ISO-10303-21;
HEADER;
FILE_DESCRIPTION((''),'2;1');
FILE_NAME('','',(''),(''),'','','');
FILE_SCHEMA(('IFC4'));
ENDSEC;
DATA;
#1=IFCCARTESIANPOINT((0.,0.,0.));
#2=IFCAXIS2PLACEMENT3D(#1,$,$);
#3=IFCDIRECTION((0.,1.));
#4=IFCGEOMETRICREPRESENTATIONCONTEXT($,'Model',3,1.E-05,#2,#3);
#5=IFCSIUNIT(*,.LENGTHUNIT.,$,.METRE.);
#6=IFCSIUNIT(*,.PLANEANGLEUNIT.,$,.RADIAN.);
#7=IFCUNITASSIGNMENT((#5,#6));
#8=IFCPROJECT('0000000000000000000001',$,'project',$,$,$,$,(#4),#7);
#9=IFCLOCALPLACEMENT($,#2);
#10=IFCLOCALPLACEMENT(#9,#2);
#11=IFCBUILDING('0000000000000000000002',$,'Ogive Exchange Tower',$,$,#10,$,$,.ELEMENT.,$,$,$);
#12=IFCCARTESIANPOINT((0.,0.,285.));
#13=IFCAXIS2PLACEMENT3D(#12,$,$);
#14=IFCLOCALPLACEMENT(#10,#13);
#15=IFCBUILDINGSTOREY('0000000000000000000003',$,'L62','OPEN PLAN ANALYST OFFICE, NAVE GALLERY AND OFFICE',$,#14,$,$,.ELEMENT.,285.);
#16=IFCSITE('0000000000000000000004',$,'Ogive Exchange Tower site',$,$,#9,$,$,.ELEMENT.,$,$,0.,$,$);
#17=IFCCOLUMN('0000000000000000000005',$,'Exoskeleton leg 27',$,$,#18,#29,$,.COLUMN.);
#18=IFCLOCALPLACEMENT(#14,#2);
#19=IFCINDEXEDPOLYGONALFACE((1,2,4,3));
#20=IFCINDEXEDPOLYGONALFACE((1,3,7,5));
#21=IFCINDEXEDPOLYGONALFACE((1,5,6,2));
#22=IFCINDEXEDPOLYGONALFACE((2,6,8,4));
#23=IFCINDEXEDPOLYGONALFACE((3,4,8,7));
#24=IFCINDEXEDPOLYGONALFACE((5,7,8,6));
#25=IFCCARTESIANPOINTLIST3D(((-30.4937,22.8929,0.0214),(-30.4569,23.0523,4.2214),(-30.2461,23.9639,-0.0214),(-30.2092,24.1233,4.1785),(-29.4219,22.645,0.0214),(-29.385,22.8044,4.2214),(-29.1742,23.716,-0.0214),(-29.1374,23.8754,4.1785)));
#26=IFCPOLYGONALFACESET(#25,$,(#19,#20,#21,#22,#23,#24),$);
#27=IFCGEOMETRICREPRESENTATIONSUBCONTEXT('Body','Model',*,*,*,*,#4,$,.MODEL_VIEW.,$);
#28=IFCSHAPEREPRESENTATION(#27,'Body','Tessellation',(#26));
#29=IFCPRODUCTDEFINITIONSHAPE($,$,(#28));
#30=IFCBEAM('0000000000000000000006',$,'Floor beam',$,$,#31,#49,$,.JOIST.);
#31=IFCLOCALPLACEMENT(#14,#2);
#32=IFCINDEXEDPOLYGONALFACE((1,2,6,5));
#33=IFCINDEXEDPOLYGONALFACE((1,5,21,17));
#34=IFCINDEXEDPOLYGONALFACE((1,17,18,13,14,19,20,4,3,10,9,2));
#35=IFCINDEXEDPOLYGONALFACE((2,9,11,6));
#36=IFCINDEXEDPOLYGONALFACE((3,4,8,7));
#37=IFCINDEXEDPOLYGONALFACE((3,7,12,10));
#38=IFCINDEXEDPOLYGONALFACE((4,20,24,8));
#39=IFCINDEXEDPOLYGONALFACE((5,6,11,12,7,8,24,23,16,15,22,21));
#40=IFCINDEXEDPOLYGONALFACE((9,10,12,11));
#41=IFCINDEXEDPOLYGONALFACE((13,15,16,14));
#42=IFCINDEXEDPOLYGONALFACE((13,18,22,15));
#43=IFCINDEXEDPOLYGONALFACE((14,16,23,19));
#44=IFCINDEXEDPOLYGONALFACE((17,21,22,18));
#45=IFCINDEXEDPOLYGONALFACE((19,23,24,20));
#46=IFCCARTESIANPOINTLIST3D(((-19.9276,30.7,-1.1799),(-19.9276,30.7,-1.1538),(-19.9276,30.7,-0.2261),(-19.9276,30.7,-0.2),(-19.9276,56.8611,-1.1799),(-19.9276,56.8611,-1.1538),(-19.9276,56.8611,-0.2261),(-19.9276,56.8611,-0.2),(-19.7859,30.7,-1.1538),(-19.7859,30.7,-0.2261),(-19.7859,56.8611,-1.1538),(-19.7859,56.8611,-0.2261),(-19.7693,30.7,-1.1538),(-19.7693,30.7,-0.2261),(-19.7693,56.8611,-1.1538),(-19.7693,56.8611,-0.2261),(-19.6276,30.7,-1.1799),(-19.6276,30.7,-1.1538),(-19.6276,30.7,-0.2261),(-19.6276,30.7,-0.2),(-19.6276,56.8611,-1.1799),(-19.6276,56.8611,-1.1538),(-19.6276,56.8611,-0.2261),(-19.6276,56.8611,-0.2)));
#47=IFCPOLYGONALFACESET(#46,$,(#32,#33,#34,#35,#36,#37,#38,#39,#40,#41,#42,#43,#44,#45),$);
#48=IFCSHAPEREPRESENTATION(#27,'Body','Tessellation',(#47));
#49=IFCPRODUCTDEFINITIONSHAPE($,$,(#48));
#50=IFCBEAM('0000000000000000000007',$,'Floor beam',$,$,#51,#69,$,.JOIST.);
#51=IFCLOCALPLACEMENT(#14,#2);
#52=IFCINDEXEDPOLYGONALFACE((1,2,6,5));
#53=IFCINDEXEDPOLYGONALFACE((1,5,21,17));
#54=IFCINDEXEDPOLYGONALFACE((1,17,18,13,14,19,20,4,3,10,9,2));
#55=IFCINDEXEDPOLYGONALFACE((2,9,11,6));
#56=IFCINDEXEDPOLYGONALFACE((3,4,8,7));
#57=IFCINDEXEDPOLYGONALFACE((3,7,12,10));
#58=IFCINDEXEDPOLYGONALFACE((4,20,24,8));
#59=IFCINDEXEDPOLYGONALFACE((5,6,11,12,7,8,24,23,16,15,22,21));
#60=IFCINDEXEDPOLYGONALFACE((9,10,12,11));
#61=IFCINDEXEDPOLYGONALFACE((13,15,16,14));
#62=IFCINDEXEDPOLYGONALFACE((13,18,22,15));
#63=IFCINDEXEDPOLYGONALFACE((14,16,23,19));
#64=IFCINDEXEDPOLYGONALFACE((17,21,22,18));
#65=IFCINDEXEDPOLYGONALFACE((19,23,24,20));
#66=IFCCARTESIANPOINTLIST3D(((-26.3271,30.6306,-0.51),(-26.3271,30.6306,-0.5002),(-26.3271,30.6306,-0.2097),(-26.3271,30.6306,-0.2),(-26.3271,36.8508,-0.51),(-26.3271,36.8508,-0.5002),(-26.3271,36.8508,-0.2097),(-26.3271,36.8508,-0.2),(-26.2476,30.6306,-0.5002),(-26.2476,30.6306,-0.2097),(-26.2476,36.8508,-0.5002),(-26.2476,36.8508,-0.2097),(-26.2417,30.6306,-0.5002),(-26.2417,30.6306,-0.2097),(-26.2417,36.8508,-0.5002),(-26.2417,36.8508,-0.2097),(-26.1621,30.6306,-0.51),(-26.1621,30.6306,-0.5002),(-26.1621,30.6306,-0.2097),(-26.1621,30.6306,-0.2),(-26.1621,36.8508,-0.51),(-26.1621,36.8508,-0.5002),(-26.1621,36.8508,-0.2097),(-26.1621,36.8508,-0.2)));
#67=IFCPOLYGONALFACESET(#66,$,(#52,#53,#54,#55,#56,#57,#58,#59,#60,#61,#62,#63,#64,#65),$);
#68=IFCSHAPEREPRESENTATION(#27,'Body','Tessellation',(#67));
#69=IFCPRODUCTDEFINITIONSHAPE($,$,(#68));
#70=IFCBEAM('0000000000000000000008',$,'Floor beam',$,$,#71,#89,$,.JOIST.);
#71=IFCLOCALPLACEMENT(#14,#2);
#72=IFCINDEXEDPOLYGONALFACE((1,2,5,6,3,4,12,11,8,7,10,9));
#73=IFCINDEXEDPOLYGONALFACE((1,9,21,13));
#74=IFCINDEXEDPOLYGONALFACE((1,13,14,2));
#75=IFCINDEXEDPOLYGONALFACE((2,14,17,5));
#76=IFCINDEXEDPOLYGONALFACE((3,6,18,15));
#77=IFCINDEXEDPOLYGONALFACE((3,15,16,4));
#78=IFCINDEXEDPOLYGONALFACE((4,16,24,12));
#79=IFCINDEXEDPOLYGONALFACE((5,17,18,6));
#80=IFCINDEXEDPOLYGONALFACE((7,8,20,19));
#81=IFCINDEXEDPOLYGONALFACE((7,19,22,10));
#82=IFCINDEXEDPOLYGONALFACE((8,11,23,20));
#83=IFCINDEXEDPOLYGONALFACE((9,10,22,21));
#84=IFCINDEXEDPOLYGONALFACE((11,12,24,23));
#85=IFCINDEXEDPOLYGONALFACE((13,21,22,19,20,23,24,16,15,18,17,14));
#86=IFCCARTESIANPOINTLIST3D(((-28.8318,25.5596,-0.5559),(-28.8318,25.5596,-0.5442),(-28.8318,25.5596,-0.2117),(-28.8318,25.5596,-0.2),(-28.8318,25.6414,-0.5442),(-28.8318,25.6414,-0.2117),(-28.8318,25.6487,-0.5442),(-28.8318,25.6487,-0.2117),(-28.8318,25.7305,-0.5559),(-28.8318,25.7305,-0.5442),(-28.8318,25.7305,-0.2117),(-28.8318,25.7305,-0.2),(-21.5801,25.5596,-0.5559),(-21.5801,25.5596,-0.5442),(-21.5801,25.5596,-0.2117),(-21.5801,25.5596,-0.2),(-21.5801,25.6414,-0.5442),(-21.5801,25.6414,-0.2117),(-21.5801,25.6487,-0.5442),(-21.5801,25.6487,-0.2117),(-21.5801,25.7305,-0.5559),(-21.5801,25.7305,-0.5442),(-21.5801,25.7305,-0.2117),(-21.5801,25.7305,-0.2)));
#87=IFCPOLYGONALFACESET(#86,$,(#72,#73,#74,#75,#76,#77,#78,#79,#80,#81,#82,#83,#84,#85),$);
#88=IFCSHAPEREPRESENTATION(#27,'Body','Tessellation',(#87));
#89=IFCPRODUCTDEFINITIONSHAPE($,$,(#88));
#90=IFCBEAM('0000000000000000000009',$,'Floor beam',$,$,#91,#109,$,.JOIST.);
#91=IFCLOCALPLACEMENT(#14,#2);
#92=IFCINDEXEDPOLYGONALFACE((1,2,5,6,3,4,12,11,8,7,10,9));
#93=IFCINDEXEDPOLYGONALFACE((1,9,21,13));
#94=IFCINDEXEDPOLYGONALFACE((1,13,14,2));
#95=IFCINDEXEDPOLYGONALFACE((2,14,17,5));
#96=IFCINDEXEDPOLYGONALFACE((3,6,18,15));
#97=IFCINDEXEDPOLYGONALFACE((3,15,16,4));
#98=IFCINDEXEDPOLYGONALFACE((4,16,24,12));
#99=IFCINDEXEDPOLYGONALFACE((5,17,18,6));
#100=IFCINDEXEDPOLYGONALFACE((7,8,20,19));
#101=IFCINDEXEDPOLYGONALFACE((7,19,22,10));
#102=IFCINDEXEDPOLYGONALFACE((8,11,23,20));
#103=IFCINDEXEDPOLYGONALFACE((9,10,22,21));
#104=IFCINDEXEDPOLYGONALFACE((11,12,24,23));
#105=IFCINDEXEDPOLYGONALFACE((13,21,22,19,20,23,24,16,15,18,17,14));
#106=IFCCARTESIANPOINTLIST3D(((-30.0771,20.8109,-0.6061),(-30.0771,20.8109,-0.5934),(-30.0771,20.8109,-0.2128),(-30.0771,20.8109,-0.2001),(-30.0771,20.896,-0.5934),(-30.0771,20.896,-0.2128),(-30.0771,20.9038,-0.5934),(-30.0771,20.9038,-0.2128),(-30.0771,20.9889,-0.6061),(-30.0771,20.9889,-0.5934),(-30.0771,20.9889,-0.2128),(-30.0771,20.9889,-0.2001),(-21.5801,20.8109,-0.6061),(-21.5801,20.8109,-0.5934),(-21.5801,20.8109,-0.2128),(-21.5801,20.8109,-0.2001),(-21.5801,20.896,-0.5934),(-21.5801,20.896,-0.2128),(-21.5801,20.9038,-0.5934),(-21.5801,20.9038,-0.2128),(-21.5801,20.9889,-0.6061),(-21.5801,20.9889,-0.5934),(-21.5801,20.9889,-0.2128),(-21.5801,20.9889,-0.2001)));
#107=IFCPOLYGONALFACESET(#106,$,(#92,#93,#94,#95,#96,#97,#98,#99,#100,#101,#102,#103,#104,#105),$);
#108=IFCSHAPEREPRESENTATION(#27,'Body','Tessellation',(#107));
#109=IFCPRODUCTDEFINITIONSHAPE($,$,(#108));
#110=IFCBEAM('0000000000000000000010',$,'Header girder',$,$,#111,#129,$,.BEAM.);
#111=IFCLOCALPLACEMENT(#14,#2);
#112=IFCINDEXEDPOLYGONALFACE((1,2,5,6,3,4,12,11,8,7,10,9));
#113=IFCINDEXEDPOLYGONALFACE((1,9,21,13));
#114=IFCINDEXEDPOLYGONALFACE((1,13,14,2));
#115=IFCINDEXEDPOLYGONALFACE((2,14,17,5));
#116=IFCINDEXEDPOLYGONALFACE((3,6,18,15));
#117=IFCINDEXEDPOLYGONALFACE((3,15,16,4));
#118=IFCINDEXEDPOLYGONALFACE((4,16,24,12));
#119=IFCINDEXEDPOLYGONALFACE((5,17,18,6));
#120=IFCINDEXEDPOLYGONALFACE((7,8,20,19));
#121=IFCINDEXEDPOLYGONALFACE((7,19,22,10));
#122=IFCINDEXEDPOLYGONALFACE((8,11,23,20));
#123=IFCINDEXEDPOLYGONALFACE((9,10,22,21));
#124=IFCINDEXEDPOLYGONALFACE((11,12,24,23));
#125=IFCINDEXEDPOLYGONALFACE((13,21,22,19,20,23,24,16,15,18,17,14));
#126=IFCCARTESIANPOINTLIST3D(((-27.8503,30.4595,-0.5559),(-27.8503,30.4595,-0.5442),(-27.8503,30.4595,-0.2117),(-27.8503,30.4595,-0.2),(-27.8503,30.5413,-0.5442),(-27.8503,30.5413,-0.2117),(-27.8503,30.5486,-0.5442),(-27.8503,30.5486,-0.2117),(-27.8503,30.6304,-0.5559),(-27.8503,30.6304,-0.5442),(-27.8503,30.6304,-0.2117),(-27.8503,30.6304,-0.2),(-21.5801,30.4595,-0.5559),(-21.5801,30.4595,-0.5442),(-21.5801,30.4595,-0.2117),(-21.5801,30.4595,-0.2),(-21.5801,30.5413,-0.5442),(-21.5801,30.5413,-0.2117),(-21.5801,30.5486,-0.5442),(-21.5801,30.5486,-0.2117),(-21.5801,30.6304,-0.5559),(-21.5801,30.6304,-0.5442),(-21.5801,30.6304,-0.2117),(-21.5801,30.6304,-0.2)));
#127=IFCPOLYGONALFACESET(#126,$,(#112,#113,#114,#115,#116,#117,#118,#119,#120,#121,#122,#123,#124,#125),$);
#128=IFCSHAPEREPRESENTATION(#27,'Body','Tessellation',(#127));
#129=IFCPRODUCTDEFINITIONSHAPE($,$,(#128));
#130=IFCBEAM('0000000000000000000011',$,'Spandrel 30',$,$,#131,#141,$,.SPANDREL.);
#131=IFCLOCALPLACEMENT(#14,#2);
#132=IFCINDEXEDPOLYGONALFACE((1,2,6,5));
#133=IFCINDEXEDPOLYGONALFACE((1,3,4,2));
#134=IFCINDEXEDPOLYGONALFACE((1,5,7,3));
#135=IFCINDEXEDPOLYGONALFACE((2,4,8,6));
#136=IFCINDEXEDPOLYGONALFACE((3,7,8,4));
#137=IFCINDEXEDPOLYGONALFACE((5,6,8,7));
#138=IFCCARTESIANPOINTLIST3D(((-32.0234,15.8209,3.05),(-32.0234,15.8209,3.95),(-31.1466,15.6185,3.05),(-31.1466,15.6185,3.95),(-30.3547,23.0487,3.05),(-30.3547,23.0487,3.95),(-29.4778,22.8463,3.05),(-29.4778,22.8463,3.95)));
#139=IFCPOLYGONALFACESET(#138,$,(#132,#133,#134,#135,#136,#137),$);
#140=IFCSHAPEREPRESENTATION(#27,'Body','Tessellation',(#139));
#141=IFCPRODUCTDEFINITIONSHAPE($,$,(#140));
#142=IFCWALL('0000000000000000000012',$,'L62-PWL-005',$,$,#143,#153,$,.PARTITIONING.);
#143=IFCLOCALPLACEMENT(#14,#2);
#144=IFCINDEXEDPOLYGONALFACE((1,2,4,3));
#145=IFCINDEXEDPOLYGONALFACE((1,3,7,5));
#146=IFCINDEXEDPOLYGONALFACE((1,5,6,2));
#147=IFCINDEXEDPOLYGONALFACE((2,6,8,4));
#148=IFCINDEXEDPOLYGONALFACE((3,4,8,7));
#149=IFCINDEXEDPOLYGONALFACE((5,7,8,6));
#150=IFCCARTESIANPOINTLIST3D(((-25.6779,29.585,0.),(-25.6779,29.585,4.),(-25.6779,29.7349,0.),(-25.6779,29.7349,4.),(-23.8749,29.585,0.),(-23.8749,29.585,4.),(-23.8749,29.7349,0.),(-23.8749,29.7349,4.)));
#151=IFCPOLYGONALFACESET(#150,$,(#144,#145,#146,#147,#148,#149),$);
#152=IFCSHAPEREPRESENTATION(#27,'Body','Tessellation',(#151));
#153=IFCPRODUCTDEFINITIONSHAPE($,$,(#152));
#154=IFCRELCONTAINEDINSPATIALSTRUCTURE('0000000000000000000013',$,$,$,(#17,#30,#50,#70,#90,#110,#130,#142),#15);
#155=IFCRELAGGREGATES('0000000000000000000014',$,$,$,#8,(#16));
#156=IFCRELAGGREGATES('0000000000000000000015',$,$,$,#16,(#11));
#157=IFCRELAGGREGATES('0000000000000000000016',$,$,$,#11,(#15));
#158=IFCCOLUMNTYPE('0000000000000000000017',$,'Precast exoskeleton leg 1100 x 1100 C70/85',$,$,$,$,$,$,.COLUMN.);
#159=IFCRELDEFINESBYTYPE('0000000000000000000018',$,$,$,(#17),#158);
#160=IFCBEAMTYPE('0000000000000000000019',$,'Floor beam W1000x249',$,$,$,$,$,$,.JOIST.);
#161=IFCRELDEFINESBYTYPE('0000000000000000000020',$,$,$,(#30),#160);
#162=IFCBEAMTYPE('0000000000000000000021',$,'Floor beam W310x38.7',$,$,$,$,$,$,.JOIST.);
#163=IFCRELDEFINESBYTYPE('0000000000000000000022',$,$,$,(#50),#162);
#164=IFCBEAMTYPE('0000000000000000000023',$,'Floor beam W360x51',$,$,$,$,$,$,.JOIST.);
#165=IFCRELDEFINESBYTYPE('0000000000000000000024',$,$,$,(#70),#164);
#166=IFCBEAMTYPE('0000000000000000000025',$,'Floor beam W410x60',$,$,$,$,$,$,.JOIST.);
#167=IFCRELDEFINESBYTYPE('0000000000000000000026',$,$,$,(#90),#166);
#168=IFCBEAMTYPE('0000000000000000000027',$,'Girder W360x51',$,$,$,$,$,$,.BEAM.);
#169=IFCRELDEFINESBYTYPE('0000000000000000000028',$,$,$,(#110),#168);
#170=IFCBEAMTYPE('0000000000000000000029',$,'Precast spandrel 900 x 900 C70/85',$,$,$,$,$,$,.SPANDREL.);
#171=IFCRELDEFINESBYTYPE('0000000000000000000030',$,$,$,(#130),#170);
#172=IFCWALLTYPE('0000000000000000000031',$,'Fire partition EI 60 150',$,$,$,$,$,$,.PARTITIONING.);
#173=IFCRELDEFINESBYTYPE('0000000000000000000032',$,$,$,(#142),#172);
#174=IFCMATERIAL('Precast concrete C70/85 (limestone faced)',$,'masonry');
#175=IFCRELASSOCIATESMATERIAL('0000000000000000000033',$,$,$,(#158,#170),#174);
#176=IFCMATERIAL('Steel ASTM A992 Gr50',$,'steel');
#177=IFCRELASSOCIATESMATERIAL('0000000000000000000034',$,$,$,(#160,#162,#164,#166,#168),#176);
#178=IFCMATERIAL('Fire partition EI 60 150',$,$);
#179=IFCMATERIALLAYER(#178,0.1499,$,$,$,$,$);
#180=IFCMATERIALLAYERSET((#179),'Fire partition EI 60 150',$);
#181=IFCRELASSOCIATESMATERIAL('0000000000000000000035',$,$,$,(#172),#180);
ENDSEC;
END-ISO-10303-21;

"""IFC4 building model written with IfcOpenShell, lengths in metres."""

from ifc_helpers import new_model, si_unit, direction, frame, frame_2d, origin, origin_2d, place, context, subcontext, project, spatial, rectangle, i_section, extrude, material, layer, layer_set, material_profile, profile_set, type_object, element, save


model = new_model("IFC4")

# Units and contexts
model_context = context("Model", 3, precision=1e-05, world=origin(), true_north=direction((0.0, 1.0)))
body_context = subcontext(model_context, "Body", "Model", "MODEL_VIEW")
ifc_project = project(units=[si_unit("LENGTHUNIT", "METRE"), si_unit("PLANEANGLEUNIT", "RADIAN")], contexts=[model_context])

# Site, building, storey
site_placement = place(None, origin())
site = spatial("IfcSite", under=ifc_project, at=site_placement, Name="Ogive Exchange Tower site", CompositionType="ELEMENT", RefElevation=0.0)
building_placement = place(site_placement, origin())
building = spatial("IfcBuilding", under=site, at=building_placement, Name="Ogive Exchange Tower", CompositionType="ELEMENT")
storey_placement = place(building_placement, frame((0.0, 0.0, 285.0)))
storey = spatial("IfcBuildingStorey", under=building, at=storey_placement, Name="L62", Description="OPEN PLAN ANALYST OFFICE, NAVE GALLERY AND OFFICE", CompositionType="ELEMENT", Elevation=285.0)

# Column
ifc_material_1 = material(Name="Precast concrete C70/85 (limestone faced)", Category="masonry")
ifc_material_profile_1 = material_profile(ifc_material_1, rectangle(XDim=1.1001, YDim=1.1001, at=origin_2d()), Name="1100 x 1100")
ifc_profile_set_1 = profile_set([ifc_material_profile_1], Name="Precast concrete C70/85 (limestone faced)")
column_type = type_object("IfcColumnType", Name="Precast exoskeleton leg 1100 x 1100 C70/85", PredefinedType="COLUMN", material=ifc_profile_set_1)
column_placement = place(storey_placement, frame((-29.834, 23.3044, 0.0), z_axis=(0.008771, 0.03793, 0.999242), x_axis=(-0.974291, 0.225295, 0.0)))
element("IfcColumn", 1, at=column_placement, inside=storey, type_object=column_type, Name="Exoskeleton leg 27", PredefinedType="COLUMN", context=body_context, shape_type="SweptSolid", body=[
    extrude(rectangle(XDim=1.1001, YDim=1.1001, at=origin_2d()), origin(), (0.0, 0.0, 1.0), 4.2031),
])

# Beams
ifc_material_2 = material(Name="Steel ASTM A992 Gr50", Category="steel")
ifc_material_profile_2 = material_profile(ifc_material_2, i_section(OverallWidth=0.3, OverallDepth=0.98, WebThickness=0.0166, FlangeThickness=0.0261, at=origin_2d()), Name="W1000x249")
ifc_profile_set_2 = profile_set([ifc_material_profile_2], Name="Steel ASTM A992 Gr50")
beam_type_1 = type_object("IfcBeamType", Name="Floor beam W1000x249", PredefinedType="JOIST", material=ifc_profile_set_2)
beam_1_placement = place(storey_placement, frame((-19.7776, 30.7, -0.6899), z_axis=(0.0, 1.0, 0.0), x_axis=(-1.0, 0.0, 0.0)))
element("IfcBeam", 2, at=beam_1_placement, inside=storey, type_object=beam_type_1, Name="Floor beam", PredefinedType="JOIST", context=body_context, shape_type="SweptSolid", body=[
    extrude(i_section(OverallWidth=0.3, OverallDepth=0.98, WebThickness=0.0166, FlangeThickness=0.0261, at=origin_2d()), origin(), (0.0, 0.0, 1.0), 26.1611),
])
ifc_material_profile_3 = material_profile(ifc_material_2, i_section(OverallWidth=0.165, OverallDepth=0.3101, WebThickness=0.0059, FlangeThickness=0.0098, at=origin_2d()), Name="W310x38.7")
ifc_profile_set_3 = profile_set([ifc_material_profile_3], Name="Steel ASTM A992 Gr50")
beam_type_2 = type_object("IfcBeamType", Name="Floor beam W310x38.7", PredefinedType="JOIST", material=ifc_profile_set_3)
beam_2_placement = place(storey_placement, frame((-26.2446, 30.6306, -0.355), z_axis=(0.0, 1.0, 0.0), x_axis=(-1.0, 0.0, 0.0)))
element("IfcBeam", 3, at=beam_2_placement, inside=storey, type_object=beam_type_2, Name="Floor beam", PredefinedType="JOIST", context=body_context, shape_type="SweptSolid", body=[
    extrude(i_section(OverallWidth=0.165, OverallDepth=0.3101, WebThickness=0.0059, FlangeThickness=0.0098, at=origin_2d()), origin(), (0.0, 0.0, 1.0), 6.2202),
])
ifc_material_profile_4 = material_profile(ifc_material_2, i_section(OverallWidth=0.1709, OverallDepth=0.356, WebThickness=0.0073, FlangeThickness=0.0117, at=origin_2d()), Name="W360x51")
ifc_profile_set_4 = profile_set([ifc_material_profile_4], Name="Steel ASTM A992 Gr50")
beam_type_3 = type_object("IfcBeamType", Name="Floor beam W360x51", PredefinedType="JOIST", material=ifc_profile_set_4)
beam_3_placement = place(storey_placement, frame((-28.8318, 25.645, -0.3779), z_axis=(1.0, 0.0, 0.0), x_axis=(0.0, 1.0, 0.0)))
element("IfcBeam", 4, at=beam_3_placement, inside=storey, type_object=beam_type_3, Name="Floor beam", PredefinedType="JOIST", context=body_context, shape_type="SweptSolid", body=[
    extrude(i_section(OverallWidth=0.1709, OverallDepth=0.356, WebThickness=0.0073, FlangeThickness=0.0117, at=origin_2d()), origin(), (0.0, 0.0, 1.0), 7.2517),
])
ifc_material_profile_5 = material_profile(ifc_material_2, i_section(OverallWidth=0.178, OverallDepth=0.406, WebThickness=0.0078, FlangeThickness=0.0127, at=origin_2d()), Name="W410x60")
ifc_profile_set_5 = profile_set([ifc_material_profile_5], Name="Steel ASTM A992 Gr50")
beam_type_4 = type_object("IfcBeamType", Name="Floor beam W410x60", PredefinedType="JOIST", material=ifc_profile_set_5)
beam_4_placement = place(storey_placement, frame((-30.0771, 20.8999, -0.4031), z_axis=(1.0, 0.0, 0.0), x_axis=(0.0, 1.0, 0.0)))
element("IfcBeam", 5, at=beam_4_placement, inside=storey, type_object=beam_type_4, Name="Floor beam", PredefinedType="JOIST", context=body_context, shape_type="SweptSolid", body=[
    extrude(i_section(OverallWidth=0.178, OverallDepth=0.406, WebThickness=0.0078, FlangeThickness=0.0127, at=origin_2d()), origin(), (0.0, 0.0, 1.0), 8.4971),
])
ifc_material_profile_6 = material_profile(ifc_material_2, i_section(OverallWidth=0.1709, OverallDepth=0.356, WebThickness=0.0073, FlangeThickness=0.0117, at=origin_2d()), Name="W360x51")
ifc_profile_set_6 = profile_set([ifc_material_profile_6], Name="Steel ASTM A992 Gr50")
beam_type_5 = type_object("IfcBeamType", Name="Girder W360x51", PredefinedType="BEAM", material=ifc_profile_set_6)
beam_5_placement = place(storey_placement, frame((-27.8503, 30.5449, -0.3779), z_axis=(1.0, 0.0, 0.0), x_axis=(0.0, 1.0, 0.0)))
element("IfcBeam", 6, at=beam_5_placement, inside=storey, type_object=beam_type_5, Name="Header girder", PredefinedType="BEAM", context=body_context, shape_type="SweptSolid", body=[
    extrude(i_section(OverallWidth=0.1709, OverallDepth=0.356, WebThickness=0.0073, FlangeThickness=0.0117, at=origin_2d()), origin(), (0.0, 0.0, 1.0), 6.2703),
])
ifc_material_profile_7 = material_profile(ifc_material_1, rectangle(XDim=0.8999, YDim=0.8999, at=origin_2d()), Name="900 x 900")
ifc_profile_set_7 = profile_set([ifc_material_profile_7], Name="Precast concrete C70/85 (limestone faced)")
beam_type_6 = type_object("IfcBeamType", Name="Precast spandrel 900 x 900 C70/85", PredefinedType="SPANDREL", material=ifc_profile_set_7)
beam_6_placement = place(storey_placement, frame((-29.9163, 22.9475, 3.5), z_axis=(-0.224956, -0.974369, 0.0), x_axis=(0.974369, -0.224956, 0.0)))
element("IfcBeam", 7, at=beam_6_placement, inside=storey, type_object=beam_type_6, Name="Spandrel 30", PredefinedType="SPANDREL", context=body_context, shape_type="SweptSolid", body=[
    extrude(rectangle(XDim=0.8999, YDim=0.8999, at=origin_2d()), origin(), (0.0, 0.0, 1.0), 7.418),
])

# Wall
ifc_material_3 = material(Name="Fire partition EI 60 150")
ifc_layer_1 = layer(ifc_material_3, 0.1499)
ifc_layer_set_1 = layer_set([ifc_layer_1], Name="Fire partition EI 60 150")
wall_type_1 = type_object("IfcWallType", Name="Fire partition EI 60 150", PredefinedType="PARTITIONING", material=ifc_layer_set_1)
wall_1_placement = place(storey_placement, frame((-23.875, 29.6599, 0.0), z_axis=(0.0, 0.0, 1.0), x_axis=(-1.0, 0.0, 0.0)))
element("IfcWall", 8, at=wall_1_placement, inside=storey, type_object=wall_type_1, Name="L62-PWL-005", PredefinedType="PARTITIONING", context=body_context, shape_type="SweptSolid", body=[
    extrude(rectangle(XDim=1.803, YDim=0.1499, at=frame_2d((0.9014, 0.0))), origin(), (0.0, 0.0, 1.0), 4.0),
])

save(model, "model.ifc")
